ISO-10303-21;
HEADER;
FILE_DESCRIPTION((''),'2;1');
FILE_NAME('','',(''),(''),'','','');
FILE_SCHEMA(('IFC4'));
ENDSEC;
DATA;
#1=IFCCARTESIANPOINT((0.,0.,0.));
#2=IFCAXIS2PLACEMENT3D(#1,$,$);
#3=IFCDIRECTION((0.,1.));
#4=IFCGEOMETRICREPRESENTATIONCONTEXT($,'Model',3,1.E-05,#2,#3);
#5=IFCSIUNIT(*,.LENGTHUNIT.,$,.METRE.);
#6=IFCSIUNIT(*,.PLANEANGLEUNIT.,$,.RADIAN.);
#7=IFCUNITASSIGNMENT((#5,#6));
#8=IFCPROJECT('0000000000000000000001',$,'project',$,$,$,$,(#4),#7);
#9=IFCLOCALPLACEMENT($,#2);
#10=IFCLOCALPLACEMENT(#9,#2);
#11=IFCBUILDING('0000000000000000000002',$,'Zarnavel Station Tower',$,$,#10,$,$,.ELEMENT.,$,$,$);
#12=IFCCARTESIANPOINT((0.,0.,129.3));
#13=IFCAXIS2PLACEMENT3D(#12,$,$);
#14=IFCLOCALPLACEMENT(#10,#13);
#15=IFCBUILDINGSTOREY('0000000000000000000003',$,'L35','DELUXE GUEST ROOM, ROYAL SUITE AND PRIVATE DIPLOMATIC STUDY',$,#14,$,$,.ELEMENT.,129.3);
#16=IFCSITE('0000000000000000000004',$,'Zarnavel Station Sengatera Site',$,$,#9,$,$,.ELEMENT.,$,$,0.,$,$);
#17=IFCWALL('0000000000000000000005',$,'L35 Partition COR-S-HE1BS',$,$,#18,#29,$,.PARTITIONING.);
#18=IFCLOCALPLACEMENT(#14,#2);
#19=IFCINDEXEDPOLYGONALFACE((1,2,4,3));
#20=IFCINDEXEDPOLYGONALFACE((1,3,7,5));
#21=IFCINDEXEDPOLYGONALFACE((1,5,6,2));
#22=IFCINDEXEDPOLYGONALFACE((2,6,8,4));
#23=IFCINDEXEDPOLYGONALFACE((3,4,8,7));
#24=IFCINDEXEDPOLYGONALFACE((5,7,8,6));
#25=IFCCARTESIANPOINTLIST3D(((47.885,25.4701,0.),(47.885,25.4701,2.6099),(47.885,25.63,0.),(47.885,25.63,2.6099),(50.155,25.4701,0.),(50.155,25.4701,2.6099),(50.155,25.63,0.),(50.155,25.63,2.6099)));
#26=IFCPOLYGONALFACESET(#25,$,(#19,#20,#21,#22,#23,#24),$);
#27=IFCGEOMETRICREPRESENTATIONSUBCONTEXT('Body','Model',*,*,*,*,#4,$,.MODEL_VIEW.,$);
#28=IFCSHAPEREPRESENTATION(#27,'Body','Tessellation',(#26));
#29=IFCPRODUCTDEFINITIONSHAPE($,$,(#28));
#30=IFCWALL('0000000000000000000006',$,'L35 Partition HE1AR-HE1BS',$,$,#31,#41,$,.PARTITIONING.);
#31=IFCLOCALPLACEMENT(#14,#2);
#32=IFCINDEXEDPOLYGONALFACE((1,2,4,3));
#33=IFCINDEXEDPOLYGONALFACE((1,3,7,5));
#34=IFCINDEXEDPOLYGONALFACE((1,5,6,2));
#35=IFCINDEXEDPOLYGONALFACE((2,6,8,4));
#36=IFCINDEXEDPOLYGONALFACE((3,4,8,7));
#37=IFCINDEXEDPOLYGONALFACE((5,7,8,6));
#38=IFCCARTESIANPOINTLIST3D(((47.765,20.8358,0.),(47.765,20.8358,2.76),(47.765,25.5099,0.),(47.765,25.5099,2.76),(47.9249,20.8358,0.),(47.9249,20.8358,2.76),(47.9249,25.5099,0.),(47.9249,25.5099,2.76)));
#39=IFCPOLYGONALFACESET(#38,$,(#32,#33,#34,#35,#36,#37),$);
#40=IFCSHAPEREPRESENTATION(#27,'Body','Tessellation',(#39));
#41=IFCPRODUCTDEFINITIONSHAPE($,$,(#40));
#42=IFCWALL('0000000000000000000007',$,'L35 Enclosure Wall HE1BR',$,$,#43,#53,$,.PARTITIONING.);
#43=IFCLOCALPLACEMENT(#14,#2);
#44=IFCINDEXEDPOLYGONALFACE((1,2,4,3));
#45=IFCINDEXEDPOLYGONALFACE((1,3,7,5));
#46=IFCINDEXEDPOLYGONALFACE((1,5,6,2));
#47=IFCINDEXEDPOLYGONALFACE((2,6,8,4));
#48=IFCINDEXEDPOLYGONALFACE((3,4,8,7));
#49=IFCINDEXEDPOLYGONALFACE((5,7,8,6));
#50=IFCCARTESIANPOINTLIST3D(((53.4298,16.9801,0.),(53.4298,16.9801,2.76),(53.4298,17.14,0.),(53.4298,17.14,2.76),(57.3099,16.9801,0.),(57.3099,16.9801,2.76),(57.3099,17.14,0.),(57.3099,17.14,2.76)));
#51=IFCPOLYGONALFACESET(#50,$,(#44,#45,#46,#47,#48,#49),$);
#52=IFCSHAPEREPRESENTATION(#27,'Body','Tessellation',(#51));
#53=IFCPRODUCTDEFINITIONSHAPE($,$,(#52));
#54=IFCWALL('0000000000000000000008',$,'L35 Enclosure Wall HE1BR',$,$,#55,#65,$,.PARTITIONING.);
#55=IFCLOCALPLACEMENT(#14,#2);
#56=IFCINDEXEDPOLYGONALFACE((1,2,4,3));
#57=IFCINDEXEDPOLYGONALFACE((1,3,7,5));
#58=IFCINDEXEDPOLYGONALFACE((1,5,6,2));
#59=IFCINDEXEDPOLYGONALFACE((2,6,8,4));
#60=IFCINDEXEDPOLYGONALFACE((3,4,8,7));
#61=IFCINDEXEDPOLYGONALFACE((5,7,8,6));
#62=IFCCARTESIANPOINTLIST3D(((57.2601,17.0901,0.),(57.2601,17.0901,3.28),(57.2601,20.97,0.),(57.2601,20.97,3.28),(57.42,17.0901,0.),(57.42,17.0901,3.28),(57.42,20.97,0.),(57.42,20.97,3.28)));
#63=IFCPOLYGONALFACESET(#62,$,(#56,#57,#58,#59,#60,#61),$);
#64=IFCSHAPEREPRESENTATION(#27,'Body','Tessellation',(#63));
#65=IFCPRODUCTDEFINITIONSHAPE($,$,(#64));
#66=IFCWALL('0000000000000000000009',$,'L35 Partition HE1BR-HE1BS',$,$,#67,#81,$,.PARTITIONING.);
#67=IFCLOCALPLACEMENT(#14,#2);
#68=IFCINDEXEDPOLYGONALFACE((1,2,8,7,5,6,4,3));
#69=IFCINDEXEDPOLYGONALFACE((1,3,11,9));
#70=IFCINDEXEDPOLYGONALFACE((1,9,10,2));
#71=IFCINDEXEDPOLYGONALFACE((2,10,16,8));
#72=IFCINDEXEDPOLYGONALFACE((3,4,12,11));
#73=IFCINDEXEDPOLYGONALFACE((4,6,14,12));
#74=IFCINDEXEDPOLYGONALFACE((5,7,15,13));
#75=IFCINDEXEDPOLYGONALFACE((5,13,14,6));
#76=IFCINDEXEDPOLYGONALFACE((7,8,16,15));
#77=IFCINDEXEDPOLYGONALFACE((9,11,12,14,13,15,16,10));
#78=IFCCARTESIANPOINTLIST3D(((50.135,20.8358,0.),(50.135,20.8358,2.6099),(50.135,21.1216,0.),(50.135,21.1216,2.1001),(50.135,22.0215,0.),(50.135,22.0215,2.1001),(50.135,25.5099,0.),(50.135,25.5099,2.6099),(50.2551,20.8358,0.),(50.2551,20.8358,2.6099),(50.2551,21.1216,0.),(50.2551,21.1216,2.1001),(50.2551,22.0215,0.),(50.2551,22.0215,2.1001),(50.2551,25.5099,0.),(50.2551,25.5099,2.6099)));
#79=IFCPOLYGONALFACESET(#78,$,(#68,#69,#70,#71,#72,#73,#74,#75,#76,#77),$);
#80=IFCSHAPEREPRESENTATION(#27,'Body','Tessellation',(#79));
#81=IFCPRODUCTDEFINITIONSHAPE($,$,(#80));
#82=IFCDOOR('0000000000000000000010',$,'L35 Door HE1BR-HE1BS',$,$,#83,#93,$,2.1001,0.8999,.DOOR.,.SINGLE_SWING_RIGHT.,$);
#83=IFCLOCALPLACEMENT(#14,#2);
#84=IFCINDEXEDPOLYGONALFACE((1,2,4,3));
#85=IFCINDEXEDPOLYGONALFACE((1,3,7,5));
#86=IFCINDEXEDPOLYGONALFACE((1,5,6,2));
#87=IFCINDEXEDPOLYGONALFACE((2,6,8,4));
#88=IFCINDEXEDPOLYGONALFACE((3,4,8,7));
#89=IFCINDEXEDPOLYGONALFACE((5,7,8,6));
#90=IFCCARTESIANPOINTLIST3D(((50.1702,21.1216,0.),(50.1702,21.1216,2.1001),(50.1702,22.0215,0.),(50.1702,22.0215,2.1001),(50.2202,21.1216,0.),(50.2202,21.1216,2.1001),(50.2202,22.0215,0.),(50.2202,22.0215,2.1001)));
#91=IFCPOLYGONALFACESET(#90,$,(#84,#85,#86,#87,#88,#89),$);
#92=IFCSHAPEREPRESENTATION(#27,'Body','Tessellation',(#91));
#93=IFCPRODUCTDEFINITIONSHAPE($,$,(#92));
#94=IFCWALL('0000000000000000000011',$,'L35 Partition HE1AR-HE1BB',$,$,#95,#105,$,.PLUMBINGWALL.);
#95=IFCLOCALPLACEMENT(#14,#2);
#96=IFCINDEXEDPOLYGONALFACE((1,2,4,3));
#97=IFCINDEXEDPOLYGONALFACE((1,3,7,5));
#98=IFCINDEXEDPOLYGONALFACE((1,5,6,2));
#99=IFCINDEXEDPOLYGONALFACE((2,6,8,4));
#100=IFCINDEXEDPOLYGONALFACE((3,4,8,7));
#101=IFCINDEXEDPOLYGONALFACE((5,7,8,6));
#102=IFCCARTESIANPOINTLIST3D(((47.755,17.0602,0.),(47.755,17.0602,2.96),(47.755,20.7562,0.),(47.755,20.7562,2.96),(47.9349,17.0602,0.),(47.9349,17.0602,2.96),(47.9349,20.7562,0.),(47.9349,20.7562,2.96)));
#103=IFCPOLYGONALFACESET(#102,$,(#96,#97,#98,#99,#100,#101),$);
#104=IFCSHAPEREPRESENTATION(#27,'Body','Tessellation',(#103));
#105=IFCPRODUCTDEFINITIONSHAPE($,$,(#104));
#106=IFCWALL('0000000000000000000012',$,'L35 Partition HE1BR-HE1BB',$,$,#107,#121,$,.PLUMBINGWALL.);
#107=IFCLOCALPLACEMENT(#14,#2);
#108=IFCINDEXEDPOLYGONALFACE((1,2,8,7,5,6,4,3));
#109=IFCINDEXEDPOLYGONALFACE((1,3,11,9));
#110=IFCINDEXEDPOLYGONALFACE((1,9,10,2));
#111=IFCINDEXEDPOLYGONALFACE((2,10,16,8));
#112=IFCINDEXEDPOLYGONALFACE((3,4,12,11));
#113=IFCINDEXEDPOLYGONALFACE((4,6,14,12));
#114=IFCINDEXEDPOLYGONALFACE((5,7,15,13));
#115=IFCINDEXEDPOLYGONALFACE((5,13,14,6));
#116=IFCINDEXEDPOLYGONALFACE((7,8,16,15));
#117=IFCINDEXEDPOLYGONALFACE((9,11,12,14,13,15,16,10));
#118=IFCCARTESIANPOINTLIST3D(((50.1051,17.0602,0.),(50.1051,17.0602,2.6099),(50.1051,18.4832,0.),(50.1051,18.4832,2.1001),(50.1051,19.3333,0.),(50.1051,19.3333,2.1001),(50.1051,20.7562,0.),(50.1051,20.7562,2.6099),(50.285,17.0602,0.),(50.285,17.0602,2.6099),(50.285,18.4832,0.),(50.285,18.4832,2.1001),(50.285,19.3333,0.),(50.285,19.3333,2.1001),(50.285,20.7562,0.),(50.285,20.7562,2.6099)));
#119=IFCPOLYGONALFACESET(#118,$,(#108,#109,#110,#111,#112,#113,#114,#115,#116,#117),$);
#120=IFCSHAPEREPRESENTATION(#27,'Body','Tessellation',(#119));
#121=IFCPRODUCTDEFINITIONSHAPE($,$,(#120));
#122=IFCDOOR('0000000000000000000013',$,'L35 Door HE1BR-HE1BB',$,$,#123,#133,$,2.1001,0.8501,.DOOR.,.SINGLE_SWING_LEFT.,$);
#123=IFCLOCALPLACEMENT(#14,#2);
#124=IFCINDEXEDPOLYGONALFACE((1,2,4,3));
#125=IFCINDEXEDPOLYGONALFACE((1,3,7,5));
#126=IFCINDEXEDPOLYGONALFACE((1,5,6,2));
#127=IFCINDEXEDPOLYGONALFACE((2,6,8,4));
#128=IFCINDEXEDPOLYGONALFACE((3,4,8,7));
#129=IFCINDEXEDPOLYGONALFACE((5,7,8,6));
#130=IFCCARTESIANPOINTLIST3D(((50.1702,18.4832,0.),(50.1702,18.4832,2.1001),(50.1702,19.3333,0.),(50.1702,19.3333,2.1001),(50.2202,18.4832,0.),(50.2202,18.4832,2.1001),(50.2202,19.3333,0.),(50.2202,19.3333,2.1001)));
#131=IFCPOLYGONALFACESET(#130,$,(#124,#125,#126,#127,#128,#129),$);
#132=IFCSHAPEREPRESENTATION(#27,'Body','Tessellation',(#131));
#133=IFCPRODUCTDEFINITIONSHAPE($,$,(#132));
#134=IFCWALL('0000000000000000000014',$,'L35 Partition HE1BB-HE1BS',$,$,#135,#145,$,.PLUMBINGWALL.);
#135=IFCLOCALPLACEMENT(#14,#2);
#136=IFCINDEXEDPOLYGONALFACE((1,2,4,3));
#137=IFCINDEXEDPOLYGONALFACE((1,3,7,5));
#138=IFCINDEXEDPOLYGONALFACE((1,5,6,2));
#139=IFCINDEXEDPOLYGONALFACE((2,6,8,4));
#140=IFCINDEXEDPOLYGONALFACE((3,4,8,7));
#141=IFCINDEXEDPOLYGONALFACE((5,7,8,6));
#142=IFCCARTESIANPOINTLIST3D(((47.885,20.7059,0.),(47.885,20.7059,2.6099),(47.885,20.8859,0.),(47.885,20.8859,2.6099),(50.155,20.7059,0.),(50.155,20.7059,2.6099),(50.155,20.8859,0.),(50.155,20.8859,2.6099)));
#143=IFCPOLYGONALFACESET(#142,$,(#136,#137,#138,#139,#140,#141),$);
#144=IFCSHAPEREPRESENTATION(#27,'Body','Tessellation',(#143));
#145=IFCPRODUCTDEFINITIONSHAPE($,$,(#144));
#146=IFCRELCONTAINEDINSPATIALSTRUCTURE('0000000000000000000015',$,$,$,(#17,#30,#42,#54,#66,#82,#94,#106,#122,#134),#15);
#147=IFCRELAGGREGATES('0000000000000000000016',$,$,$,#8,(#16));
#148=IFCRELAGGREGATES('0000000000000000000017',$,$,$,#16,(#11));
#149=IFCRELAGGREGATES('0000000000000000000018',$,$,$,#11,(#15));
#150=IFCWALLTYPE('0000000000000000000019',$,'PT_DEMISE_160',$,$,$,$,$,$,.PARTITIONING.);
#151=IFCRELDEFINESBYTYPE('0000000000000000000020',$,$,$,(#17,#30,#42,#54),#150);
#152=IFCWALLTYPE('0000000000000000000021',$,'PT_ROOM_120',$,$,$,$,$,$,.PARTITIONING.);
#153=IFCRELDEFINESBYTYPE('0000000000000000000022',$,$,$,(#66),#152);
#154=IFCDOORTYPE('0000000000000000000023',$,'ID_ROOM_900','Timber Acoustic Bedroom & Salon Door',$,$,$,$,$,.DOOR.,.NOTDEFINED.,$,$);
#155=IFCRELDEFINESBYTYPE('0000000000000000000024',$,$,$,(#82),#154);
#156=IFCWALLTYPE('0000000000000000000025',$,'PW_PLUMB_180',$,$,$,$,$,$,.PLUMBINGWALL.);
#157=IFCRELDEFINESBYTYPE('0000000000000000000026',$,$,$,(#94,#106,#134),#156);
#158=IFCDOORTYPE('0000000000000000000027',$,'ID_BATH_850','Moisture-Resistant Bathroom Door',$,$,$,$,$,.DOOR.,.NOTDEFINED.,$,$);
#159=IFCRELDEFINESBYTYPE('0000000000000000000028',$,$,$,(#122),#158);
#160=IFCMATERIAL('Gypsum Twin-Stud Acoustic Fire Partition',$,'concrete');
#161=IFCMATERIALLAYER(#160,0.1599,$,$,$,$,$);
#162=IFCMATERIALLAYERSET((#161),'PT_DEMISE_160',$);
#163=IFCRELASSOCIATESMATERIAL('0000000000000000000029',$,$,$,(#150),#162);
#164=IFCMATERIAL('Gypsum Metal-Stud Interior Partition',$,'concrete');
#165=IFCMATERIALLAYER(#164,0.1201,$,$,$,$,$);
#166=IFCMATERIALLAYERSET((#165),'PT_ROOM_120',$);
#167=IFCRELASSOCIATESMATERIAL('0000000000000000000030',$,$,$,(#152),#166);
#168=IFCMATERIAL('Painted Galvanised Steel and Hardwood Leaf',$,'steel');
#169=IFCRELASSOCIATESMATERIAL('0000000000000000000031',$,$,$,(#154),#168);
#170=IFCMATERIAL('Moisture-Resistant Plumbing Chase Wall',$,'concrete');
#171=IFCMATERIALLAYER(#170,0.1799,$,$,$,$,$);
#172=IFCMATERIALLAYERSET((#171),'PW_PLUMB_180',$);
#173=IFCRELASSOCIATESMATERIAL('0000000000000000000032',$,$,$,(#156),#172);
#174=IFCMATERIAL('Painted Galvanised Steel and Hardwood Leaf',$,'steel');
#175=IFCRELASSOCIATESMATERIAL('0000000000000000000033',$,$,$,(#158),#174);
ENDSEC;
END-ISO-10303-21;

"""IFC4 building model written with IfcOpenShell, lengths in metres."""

from ifc_helpers import new_model, si_unit, direction, frame, frame_2d, origin, place, context, subcontext, project, spatial, rectangle, extrude, material, layer, layer_set, type_object, element, fill, save


model = new_model("IFC4")

# Units and contexts
model_context = context("Model", 3, precision=1e-05, world=origin(), true_north=direction((0.0, 1.0)))
body_context = subcontext(model_context, "Body", "Model", "MODEL_VIEW")
ifc_project = project(units=[si_unit("LENGTHUNIT", "METRE"), si_unit("PLANEANGLEUNIT", "RADIAN")], contexts=[model_context])

# Site, building, storey
site_placement = place(None, origin())
site = spatial("IfcSite", under=ifc_project, at=site_placement, Name="Zarnavel Station Sengatera Site", CompositionType="ELEMENT", RefElevation=0.0)
building_placement = place(site_placement, origin())
building = spatial("IfcBuilding", under=site, at=building_placement, Name="Zarnavel Station Tower", CompositionType="ELEMENT")
storey_placement = place(building_placement, frame((0.0, 0.0, 129.3)))
storey = spatial("IfcBuildingStorey", under=building, at=storey_placement, Name="L35", Description="DELUXE GUEST ROOM, ROYAL SUITE AND PRIVATE DIPLOMATIC STUDY", CompositionType="ELEMENT", Elevation=129.3)

# Shared definitions
ifc_material_1 = material(Name="Gypsum Twin-Stud Acoustic Fire Partition", Category="concrete")
ifc_layer_1 = layer(ifc_material_1, 0.1599)
ifc_layer_set_1 = layer_set([ifc_layer_1], Name="PT_DEMISE_160")
wall_type_1 = type_object("IfcWallType", Name="PT_DEMISE_160", PredefinedType="PARTITIONING", material=ifc_layer_set_1)

# Walls
wall_1_placement = place(storey_placement, frame((47.885, 25.55, 0.0), z_axis=(0.0, 0.0, 1.0), x_axis=(1.0, 0.0, 0.0)))
element("IfcWall", 1, at=wall_1_placement, inside=storey, type_object=wall_type_1, Name="L35 Partition COR-S-HE1BS", PredefinedType="PARTITIONING", context=body_context, shape_type="SweptSolid", body=[
    extrude(rectangle(XDim=2.27, YDim=0.1599, at=frame_2d((1.135, 0.0))), origin(), (0.0, 0.0, 1.0), 2.6099),
])
wall_2_placement = place(storey_placement, frame((47.845, 20.8359, 0.0), z_axis=(0.0, 0.0, 1.0), x_axis=(0.0, 1.0, 0.0)))
element("IfcWall", 2, at=wall_2_placement, inside=storey, type_object=wall_type_1, Name="L35 Partition HE1AR-HE1BS", PredefinedType="PARTITIONING", context=body_context, shape_type="SweptSolid", body=[
    extrude(rectangle(XDim=4.6741, YDim=0.1599, at=frame_2d((2.3369, 0.0))), origin(), (0.0, 0.0, 1.0), 2.76),
])
wall_3_placement = place(storey_placement, frame((53.4299, 17.0601, 0.0), z_axis=(0.0, 0.0, 1.0), x_axis=(1.0, 0.0, 0.0)))
element("IfcWall", 3, at=wall_3_placement, inside=storey, type_object=wall_type_1, Name="L35 Enclosure Wall HE1BR", PredefinedType="PARTITIONING", context=body_context, shape_type="SweptSolid", body=[
    extrude(rectangle(XDim=3.8801, YDim=0.1599, at=frame_2d((1.9399, 0.0))), origin(), (0.0, 0.0, 1.0), 2.76),
])
wall_4_placement = place(storey_placement, frame((57.3401, 17.0901, 0.0), z_axis=(0.0, 0.0, 1.0), x_axis=(0.0, 1.0, 0.0)))
element("IfcWall", 4, at=wall_4_placement, inside=storey, type_object=wall_type_1, Name="L35 Enclosure Wall HE1BR", PredefinedType="PARTITIONING", context=body_context, shape_type="SweptSolid", body=[
    extrude(rectangle(XDim=3.8799, YDim=0.1599, at=frame_2d((1.9399, 0.0))), origin(), (0.0, 0.0, 1.0), 3.28),
])

# Wall, opening, door
ifc_material_2 = material(Name="Gypsum Metal-Stud Interior Partition", Category="concrete")
ifc_layer_2 = layer(ifc_material_2, 0.1201)
ifc_layer_set_2 = layer_set([ifc_layer_2], Name="PT_ROOM_120")
wall_type_2 = type_object("IfcWallType", Name="PT_ROOM_120", PredefinedType="PARTITIONING", material=ifc_layer_set_2)
wall_5_placement = place(storey_placement, frame((50.1951, 20.8359, 0.0), z_axis=(0.0, 0.0, 1.0), x_axis=(0.0, 1.0, 0.0)))
wall_5 = element("IfcWall", 5, at=wall_5_placement, inside=storey, type_object=wall_type_2, Name="L35 Partition HE1BR-HE1BS", PredefinedType="PARTITIONING", context=body_context, shape_type="SweptSolid", body=[
    extrude(rectangle(XDim=4.6741, YDim=0.1201, at=frame_2d((2.3369, 0.0))), origin(), (0.0, 0.0, 1.0), 2.6099),
])
opening_1_placement = place(wall_5_placement, frame((0.2856, 0.0, 0.0)))
opening_1 = element("IfcOpeningElement", 6, at=opening_1_placement, cuts=wall_5, PredefinedType="OPENING", context=body_context, shape_type="SweptSolid", body=[
    extrude(rectangle(XDim=0.8999, YDim=2.1001, at=frame_2d((0.45, 1.05))), frame((0.0, 0.0701, 0.0), z_axis=(0.0, -1.0, 0.0), x_axis=(1.0, 0.0, 0.0)), (0.0, 0.0, 1.0), 0.1401),
])
ifc_material_3 = material(Name="Painted Galvanised Steel and Hardwood Leaf", Category="steel")
door_type_1 = type_object("IfcDoorType", Name="ID_ROOM_900", Description="Timber Acoustic Bedroom & Salon Door", OperationType="NOTDEFINED", PredefinedType="DOOR", material=ifc_material_3)
door_1_placement = place(opening_1_placement, origin())
door_1 = element("IfcDoor", 7, at=door_1_placement, inside=storey, type_object=door_type_1, Name="L35 Door HE1BR-HE1BS", OperationType="SINGLE_SWING_RIGHT", OverallHeight=2.1001, OverallWidth=0.8999, PredefinedType="DOOR", context=body_context, shape_type="SweptSolid", body=[
    extrude(rectangle(XDim=0.8999, YDim=2.1001, at=frame_2d((0.45, 1.05))), frame((0.0, 0.0249, 0.0), z_axis=(0.0, -1.0, 0.0), x_axis=(1.0, 0.0, 0.0)), (0.0, 0.0, 1.0), 0.05),
])
fill(opening_1, door_1)

# Wall
ifc_material_4 = material(Name="Moisture-Resistant Plumbing Chase Wall", Category="concrete")
ifc_layer_3 = layer(ifc_material_4, 0.1799)
ifc_layer_set_3 = layer_set([ifc_layer_3], Name="PW_PLUMB_180")
wall_type_3 = type_object("IfcWallType", Name="PW_PLUMB_180", PredefinedType="PLUMBINGWALL", material=ifc_layer_set_3)
wall_6_placement = place(storey_placement, frame((47.845, 17.0601, 0.0), z_axis=(0.0, 0.0, 1.0), x_axis=(0.0, 1.0, 0.0)))
element("IfcWall", 8, at=wall_6_placement, inside=storey, type_object=wall_type_3, Name="L35 Partition HE1AR-HE1BB", PredefinedType="PLUMBINGWALL", context=body_context, shape_type="SweptSolid", body=[
    extrude(rectangle(XDim=3.696, YDim=0.1799, at=frame_2d((1.8481, 0.0))), origin(), (0.0, 0.0, 1.0), 2.96),
])

# Wall, opening, door
wall_7_placement = place(storey_placement, frame((50.1951, 17.0601, 0.0), z_axis=(0.0, 0.0, 1.0), x_axis=(0.0, 1.0, 0.0)))
wall_7 = element("IfcWall", 9, at=wall_7_placement, inside=storey, type_object=wall_type_3, Name="L35 Partition HE1BR-HE1BB", PredefinedType="PLUMBINGWALL", context=body_context, shape_type="SweptSolid", body=[
    extrude(rectangle(XDim=3.696, YDim=0.1799, at=frame_2d((1.8481, 0.0))), origin(), (0.0, 0.0, 1.0), 2.6099),
])
opening_2_placement = place(wall_7_placement, frame((1.4231, 0.0, 0.0)))
opening_2 = element("IfcOpeningElement", 10, at=opening_2_placement, cuts=wall_7, PredefinedType="OPENING", context=body_context, shape_type="SweptSolid", body=[
    extrude(rectangle(XDim=0.8501, YDim=2.1001, at=frame_2d((0.425, 1.05))), frame((0.0, 0.0999, 0.0), z_axis=(0.0, -1.0, 0.0), x_axis=(1.0, 0.0, 0.0)), (0.0, 0.0, 1.0), 0.2),
])
ifc_material_5 = material(Name="Painted Galvanised Steel and Hardwood Leaf", Category="steel")
door_type_2 = type_object("IfcDoorType", Name="ID_BATH_850", Description="Moisture-Resistant Bathroom Door", OperationType="NOTDEFINED", PredefinedType="DOOR", material=ifc_material_5)
door_2_placement = place(opening_2_placement, origin())
door_2 = element("IfcDoor", 11, at=door_2_placement, inside=storey, type_object=door_type_2, Name="L35 Door HE1BR-HE1BB", OperationType="SINGLE_SWING_LEFT", OverallHeight=2.1001, OverallWidth=0.8501, PredefinedType="DOOR", context=body_context, shape_type="SweptSolid", body=[
    extrude(rectangle(XDim=0.8501, YDim=2.1001, at=frame_2d((0.425, 1.05))), frame((0.0, 0.0249, 0.0), z_axis=(0.0, -1.0, 0.0), x_axis=(1.0, 0.0, 0.0)), (0.0, 0.0, 1.0), 0.05),
])
fill(opening_2, door_2)

# Wall
wall_8_placement = place(storey_placement, frame((47.885, 20.7959, 0.0), z_axis=(0.0, 0.0, 1.0), x_axis=(1.0, 0.0, 0.0)))
element("IfcWall", 12, at=wall_8_placement, inside=storey, type_object=wall_type_3, Name="L35 Partition HE1BB-HE1BS", PredefinedType="PLUMBINGWALL", context=body_context, shape_type="SweptSolid", body=[
    extrude(rectangle(XDim=2.27, YDim=0.1799, at=frame_2d((1.135, 0.0))), origin(), (0.0, 0.0, 1.0), 2.6099),
])

save(model, "model.ifc")
